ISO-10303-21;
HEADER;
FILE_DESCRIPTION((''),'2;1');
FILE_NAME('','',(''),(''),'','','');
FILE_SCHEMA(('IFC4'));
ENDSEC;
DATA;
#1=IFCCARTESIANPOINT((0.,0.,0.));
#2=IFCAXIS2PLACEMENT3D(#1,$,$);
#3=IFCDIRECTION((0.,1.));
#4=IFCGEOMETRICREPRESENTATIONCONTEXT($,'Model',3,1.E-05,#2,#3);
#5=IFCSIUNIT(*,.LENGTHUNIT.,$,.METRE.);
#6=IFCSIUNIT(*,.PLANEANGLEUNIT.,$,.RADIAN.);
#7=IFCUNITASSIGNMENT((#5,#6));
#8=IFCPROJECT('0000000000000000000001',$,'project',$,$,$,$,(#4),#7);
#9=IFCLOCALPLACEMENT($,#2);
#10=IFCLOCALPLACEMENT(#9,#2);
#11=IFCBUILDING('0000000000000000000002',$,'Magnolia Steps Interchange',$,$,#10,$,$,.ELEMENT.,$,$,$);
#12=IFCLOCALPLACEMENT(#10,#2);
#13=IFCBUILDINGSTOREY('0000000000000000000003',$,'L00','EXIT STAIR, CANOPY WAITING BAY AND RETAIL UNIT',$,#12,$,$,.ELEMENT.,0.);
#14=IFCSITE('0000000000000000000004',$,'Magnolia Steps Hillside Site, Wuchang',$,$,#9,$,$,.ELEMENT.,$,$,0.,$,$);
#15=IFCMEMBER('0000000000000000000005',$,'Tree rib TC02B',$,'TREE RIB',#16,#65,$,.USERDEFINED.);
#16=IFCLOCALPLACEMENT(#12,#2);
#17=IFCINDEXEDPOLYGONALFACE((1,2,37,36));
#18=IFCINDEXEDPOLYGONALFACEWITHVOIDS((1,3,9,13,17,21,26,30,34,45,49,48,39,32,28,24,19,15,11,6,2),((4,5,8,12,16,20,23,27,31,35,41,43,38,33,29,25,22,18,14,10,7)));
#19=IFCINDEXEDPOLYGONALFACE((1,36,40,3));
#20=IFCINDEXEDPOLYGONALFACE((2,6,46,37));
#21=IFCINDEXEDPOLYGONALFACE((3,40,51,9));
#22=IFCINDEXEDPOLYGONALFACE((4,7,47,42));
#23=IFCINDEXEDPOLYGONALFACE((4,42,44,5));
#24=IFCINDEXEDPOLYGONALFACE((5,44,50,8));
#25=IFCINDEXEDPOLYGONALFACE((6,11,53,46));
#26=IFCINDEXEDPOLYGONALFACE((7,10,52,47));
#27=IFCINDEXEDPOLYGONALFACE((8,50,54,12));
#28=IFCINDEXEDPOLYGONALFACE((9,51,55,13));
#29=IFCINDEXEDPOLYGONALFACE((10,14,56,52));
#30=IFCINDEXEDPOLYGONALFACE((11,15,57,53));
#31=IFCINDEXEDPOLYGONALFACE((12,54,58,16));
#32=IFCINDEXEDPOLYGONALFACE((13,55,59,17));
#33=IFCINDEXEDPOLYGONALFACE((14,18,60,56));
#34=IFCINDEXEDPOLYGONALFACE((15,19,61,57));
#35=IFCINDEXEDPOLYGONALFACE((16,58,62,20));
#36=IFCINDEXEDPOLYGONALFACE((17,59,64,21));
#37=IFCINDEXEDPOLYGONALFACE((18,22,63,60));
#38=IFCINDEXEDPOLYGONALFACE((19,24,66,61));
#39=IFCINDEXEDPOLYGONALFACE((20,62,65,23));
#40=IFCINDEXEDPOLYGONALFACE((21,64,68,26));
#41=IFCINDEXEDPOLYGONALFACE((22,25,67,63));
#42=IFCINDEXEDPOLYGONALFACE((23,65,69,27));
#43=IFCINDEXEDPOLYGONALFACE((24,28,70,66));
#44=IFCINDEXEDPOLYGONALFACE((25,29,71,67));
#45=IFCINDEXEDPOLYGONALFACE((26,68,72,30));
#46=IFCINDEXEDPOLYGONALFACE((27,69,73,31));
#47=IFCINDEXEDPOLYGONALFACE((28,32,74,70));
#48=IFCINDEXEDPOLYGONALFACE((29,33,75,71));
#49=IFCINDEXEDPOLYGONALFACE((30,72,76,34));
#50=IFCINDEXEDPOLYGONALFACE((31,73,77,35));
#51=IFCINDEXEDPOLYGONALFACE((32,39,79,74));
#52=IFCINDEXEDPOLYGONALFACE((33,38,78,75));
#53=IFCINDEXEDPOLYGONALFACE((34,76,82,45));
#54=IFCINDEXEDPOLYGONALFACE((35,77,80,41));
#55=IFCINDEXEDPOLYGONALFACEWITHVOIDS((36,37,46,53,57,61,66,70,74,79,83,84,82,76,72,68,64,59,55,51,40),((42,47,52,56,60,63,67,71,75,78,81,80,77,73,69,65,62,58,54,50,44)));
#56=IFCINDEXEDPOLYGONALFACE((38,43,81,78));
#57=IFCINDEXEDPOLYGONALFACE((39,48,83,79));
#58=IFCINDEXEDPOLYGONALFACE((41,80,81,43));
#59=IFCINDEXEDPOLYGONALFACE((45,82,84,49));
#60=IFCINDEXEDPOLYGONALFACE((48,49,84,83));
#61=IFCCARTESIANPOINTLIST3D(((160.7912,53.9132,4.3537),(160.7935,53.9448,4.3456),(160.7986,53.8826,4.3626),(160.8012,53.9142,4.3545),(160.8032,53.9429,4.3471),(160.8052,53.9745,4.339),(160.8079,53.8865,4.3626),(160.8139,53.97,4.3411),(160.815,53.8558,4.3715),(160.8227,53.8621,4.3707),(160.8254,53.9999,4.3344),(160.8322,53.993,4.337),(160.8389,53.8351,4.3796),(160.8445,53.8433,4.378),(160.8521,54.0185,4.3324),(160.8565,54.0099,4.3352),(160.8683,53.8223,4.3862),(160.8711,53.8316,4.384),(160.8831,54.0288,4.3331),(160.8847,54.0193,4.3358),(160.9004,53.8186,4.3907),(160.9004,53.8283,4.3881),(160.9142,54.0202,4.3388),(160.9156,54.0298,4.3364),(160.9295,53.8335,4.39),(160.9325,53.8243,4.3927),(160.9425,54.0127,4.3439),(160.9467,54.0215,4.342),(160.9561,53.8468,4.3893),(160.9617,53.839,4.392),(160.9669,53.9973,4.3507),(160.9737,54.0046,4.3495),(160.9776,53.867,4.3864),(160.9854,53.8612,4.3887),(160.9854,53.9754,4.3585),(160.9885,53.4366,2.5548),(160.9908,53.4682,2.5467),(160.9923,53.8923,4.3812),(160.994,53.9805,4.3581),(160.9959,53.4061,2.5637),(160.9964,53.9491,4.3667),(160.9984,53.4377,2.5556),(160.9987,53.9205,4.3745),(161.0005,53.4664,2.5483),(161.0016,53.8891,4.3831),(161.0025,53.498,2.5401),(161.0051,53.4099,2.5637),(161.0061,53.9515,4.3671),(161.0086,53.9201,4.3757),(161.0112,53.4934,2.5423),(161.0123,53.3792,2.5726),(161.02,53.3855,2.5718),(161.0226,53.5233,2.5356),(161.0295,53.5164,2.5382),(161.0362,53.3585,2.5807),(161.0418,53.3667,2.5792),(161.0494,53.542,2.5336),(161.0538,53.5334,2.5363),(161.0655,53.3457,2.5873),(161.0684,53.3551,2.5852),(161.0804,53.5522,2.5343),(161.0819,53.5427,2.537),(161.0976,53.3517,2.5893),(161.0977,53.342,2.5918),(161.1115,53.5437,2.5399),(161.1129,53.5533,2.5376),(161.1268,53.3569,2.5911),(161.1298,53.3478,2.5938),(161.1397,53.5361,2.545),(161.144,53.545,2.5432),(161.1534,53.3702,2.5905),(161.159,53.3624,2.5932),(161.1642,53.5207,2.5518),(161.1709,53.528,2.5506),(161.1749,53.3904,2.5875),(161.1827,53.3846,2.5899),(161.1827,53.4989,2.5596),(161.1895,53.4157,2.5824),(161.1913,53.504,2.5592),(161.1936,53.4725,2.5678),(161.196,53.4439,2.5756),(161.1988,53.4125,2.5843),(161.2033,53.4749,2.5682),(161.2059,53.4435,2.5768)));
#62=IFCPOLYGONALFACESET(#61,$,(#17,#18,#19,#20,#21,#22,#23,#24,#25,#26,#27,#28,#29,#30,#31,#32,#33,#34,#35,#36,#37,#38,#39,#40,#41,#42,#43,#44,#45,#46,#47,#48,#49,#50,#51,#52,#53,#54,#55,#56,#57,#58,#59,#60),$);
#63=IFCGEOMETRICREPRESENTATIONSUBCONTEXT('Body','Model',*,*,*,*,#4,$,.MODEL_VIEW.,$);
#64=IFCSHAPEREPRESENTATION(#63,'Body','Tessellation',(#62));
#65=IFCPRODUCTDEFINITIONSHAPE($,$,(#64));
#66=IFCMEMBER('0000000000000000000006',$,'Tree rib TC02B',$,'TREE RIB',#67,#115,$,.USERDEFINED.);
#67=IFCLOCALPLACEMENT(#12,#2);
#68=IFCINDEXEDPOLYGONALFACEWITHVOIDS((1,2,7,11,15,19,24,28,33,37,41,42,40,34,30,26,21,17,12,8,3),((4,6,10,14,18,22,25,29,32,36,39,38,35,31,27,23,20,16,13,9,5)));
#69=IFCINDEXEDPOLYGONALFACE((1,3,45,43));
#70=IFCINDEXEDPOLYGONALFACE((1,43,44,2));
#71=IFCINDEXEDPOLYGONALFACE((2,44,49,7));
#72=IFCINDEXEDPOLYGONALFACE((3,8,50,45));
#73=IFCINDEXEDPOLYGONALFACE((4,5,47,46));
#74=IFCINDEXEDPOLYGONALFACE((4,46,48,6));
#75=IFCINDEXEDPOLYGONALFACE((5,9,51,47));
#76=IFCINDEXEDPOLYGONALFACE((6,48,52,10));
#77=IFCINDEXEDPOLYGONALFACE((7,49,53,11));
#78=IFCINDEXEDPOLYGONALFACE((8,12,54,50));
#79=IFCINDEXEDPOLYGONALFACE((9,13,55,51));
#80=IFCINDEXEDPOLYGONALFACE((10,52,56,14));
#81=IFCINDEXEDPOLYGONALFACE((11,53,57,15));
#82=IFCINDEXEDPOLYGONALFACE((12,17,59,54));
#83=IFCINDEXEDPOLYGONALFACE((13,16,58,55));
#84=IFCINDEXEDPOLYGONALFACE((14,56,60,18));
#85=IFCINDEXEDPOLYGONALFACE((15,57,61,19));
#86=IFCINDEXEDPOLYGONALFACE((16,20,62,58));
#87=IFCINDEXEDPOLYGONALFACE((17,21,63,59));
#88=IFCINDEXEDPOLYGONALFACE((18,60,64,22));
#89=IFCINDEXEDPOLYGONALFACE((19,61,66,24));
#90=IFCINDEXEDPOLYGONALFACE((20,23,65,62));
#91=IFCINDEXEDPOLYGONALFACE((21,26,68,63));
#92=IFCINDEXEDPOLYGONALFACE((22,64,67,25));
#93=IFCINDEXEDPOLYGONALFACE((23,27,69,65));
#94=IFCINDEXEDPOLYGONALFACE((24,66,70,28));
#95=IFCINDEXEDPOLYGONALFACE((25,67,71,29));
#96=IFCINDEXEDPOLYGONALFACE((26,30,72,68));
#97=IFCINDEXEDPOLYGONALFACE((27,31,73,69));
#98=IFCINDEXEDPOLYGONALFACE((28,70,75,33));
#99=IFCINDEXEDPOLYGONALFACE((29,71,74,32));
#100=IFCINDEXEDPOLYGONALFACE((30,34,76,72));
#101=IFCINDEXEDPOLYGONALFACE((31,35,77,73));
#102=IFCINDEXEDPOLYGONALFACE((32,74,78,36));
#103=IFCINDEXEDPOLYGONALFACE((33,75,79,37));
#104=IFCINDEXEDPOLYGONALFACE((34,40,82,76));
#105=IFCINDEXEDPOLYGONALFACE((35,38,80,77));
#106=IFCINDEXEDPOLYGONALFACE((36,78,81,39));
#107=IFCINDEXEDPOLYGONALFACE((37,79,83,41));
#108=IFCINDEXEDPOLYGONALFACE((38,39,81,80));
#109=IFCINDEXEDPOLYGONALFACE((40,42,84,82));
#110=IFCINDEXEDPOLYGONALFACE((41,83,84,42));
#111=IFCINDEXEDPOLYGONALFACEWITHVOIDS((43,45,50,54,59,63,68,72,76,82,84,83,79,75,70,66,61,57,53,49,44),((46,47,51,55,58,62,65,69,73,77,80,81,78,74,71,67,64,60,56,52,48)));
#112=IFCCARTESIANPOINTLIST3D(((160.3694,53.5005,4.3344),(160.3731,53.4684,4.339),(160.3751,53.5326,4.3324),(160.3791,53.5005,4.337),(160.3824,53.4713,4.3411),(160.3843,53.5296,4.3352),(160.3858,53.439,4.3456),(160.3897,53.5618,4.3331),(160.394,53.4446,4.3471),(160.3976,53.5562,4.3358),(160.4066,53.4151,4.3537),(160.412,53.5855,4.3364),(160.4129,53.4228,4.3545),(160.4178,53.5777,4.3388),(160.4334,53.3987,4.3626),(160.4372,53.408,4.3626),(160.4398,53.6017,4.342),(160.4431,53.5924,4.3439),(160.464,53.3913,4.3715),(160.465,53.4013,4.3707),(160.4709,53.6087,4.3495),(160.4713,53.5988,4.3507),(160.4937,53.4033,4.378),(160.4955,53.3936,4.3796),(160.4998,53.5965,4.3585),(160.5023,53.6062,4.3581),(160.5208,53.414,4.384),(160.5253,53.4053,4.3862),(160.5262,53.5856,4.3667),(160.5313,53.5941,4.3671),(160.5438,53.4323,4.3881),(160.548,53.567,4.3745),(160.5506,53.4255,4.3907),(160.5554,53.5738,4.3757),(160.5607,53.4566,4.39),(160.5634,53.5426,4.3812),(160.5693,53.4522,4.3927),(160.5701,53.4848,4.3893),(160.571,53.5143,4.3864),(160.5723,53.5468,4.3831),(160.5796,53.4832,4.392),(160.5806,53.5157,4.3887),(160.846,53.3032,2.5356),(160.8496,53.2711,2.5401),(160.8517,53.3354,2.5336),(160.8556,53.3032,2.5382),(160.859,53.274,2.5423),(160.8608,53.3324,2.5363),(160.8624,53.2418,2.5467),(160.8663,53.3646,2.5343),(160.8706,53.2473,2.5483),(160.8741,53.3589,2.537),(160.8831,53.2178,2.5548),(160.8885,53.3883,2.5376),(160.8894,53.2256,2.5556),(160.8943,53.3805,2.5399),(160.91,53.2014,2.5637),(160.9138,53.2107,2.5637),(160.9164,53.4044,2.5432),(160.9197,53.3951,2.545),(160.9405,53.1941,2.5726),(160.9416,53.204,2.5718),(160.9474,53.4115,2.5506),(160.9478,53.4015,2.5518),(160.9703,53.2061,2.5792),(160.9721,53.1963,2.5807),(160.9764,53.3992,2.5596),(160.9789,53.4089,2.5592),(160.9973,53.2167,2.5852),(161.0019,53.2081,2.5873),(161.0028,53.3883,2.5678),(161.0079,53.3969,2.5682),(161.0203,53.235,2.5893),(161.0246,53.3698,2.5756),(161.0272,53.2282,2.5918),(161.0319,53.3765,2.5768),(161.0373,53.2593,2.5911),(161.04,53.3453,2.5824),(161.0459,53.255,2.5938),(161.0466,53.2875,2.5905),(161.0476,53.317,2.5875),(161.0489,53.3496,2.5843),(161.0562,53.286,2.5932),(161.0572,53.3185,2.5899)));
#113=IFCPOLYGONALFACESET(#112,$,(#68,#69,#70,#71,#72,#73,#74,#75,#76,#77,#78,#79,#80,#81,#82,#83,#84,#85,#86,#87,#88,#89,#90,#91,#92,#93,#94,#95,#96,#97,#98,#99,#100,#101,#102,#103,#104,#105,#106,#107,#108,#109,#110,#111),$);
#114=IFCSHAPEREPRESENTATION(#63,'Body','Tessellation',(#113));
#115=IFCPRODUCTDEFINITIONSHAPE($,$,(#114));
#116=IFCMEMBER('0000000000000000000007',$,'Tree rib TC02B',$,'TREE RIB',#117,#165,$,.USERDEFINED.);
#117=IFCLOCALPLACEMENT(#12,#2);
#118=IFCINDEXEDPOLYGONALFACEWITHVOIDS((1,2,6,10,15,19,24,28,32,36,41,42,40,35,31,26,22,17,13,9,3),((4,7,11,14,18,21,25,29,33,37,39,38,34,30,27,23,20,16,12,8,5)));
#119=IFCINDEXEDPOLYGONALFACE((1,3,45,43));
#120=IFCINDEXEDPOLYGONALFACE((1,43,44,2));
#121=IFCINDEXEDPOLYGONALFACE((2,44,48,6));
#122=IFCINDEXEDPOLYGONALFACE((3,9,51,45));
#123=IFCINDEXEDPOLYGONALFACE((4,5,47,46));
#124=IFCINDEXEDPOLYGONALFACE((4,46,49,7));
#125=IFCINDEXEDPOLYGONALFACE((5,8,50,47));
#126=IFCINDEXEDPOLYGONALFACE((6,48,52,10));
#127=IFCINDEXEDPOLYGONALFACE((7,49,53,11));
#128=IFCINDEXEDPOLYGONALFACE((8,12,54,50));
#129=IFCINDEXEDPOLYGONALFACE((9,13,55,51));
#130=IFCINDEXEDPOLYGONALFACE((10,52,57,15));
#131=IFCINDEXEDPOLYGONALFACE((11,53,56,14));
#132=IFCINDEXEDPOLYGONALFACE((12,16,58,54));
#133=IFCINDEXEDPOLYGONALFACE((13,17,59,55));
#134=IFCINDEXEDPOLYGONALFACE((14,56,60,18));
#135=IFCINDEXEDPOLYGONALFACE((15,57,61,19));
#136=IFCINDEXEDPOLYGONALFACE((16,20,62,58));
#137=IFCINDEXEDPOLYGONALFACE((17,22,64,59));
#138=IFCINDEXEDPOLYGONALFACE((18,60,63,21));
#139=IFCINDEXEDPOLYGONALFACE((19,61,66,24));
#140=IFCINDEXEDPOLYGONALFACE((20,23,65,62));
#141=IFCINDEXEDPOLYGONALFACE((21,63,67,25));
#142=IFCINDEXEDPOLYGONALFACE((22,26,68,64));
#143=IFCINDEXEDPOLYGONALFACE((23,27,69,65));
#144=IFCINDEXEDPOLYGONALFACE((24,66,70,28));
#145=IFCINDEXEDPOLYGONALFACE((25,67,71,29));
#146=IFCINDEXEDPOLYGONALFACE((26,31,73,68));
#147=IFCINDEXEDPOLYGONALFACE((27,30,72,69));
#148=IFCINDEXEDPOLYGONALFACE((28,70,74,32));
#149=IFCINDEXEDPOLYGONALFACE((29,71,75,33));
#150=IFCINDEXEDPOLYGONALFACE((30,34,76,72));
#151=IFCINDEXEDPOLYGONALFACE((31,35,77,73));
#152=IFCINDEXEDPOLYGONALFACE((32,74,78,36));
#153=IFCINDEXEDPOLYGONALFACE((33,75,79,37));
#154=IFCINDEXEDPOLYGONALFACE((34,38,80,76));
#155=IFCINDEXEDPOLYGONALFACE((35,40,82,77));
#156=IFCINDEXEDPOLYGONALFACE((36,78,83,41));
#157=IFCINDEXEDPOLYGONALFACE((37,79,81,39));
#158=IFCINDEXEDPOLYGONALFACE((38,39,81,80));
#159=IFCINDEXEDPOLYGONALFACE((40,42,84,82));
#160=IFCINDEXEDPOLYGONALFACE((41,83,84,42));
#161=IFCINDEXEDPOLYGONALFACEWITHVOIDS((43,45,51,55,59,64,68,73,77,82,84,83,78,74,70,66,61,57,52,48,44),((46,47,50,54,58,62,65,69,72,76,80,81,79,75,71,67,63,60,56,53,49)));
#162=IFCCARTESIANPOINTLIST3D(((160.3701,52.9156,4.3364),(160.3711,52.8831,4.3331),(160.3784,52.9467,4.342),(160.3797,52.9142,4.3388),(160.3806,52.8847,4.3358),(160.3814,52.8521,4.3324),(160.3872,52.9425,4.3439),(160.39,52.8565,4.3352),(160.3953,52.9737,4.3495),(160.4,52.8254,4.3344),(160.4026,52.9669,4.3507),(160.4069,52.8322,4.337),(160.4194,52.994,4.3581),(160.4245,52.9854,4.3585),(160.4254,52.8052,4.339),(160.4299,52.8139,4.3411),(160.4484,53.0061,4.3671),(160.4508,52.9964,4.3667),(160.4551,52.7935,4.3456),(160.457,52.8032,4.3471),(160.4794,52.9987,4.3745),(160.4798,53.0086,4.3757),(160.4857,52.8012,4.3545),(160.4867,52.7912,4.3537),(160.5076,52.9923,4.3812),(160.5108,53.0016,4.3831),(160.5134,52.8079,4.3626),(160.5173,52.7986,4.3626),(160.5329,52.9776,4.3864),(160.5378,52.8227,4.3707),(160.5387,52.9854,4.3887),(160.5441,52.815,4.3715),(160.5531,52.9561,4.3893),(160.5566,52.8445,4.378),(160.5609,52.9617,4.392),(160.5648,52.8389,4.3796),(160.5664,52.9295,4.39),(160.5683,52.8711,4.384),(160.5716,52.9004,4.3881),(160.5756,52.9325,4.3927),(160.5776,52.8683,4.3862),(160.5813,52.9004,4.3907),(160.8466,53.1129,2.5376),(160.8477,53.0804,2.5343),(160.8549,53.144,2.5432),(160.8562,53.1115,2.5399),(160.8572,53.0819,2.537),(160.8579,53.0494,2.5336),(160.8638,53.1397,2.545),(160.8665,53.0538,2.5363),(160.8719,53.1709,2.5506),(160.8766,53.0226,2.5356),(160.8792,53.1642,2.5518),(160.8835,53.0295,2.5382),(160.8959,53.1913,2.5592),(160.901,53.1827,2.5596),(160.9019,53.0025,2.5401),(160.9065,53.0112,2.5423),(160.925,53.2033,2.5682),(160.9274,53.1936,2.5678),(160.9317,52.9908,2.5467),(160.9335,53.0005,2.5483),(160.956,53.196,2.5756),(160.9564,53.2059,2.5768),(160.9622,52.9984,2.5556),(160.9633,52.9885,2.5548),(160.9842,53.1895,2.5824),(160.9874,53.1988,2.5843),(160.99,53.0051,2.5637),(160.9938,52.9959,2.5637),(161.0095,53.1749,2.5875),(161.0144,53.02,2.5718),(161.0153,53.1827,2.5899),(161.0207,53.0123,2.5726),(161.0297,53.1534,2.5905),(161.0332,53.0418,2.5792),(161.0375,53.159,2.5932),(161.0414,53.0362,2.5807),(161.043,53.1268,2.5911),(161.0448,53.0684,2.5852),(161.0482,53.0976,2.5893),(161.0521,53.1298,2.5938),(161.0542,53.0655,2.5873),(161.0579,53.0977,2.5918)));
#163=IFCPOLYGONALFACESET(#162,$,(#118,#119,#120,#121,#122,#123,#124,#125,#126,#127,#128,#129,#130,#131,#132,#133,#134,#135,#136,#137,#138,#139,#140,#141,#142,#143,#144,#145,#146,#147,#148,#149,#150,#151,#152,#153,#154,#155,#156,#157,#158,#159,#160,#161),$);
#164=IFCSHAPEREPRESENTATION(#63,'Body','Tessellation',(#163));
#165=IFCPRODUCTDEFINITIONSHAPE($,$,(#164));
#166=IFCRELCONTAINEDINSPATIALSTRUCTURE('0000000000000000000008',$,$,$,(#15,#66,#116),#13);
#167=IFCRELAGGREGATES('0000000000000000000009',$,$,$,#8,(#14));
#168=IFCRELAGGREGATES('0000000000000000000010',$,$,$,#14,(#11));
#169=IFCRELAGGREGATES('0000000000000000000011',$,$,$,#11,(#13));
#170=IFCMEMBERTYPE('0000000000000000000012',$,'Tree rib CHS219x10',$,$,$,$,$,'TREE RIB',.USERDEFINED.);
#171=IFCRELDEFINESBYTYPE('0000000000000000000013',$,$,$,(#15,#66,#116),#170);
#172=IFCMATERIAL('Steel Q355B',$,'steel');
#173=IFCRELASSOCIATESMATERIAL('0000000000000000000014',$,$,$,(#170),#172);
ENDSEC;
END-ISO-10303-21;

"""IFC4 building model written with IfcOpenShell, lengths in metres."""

from ifc_helpers import new_model, si_unit, direction, frame, origin, origin_2d, place, context, subcontext, project, spatial, hollow_circle, extrude, material, material_profile, profile_set, type_object, element, save


model = new_model("IFC4")

# Units and contexts
model_context = context("Model", 3, precision=1e-05, world=origin(), true_north=direction((0.0, 1.0)))
body_context = subcontext(model_context, "Body", "Model", "MODEL_VIEW")
ifc_project = project(units=[si_unit("LENGTHUNIT", "METRE"), si_unit("PLANEANGLEUNIT", "RADIAN")], contexts=[model_context])

# Site, building, storey
site_placement = place(None, origin())
site = spatial("IfcSite", under=ifc_project, at=site_placement, Name="Magnolia Steps Hillside Site, Wuchang", CompositionType="ELEMENT", RefElevation=0.0)
building_placement = place(site_placement, origin())
building = spatial("IfcBuilding", under=site, at=building_placement, Name="Magnolia Steps Interchange", CompositionType="ELEMENT")
storey_placement = place(building_placement, origin())
storey = spatial("IfcBuildingStorey", under=building, at=storey_placement, Name="L00", Description="EXIT STAIR, CANOPY WAITING BAY AND RETAIL UNIT", CompositionType="ELEMENT", Elevation=0.0)

# Members
ifc_material_1 = material(Name="Steel Q355B", Category="steel")
ifc_material_profile_1 = material_profile(ifc_material_1, hollow_circle(Radius=0.1096, WallThickness=0.01, at=origin_2d()), Name="CHS219x10")
ifc_profile_set_1 = profile_set([ifc_material_profile_1], Name="Steel Q355B")
member_type = type_object("IfcMemberType", Name="Tree rib CHS219x10", ElementType="TREE RIB", PredefinedType="USERDEFINED", material=ifc_profile_set_1)
for number, where, z_axis, x_axis, name in (
    (1, (161.0972, 53.448, 2.5637), (-0.105416, 0.254668, 0.961266), (-0.923971, -0.382463, 0.0), "Tree rib TC02B"),
    (2, (160.9519, 53.3027, 2.5637), (-0.254668, 0.105416, 0.961266), (-0.382463, -0.923971, 0.0), "Tree rib TC02B"),
    (3, (160.9519, 53.0972, 2.5637), (-0.254668, -0.105416, 0.961266), (0.382463, -0.923971, 0.0), "Tree rib TC02B"),
):
    element("IfcMember", number, at=place(storey_placement, frame(where, z_axis=z_axis, x_axis=x_axis)), inside=storey, type_object=member_type, Name=name, ObjectType="TREE RIB", PredefinedType="USERDEFINED", context=body_context, shape_type="SweptSolid", body=[
        extrude(hollow_circle(Radius=0.1096, WallThickness=0.01, at=origin_2d()), origin(), (0.0, 0.0, 1.0), 1.8713),
    ])

save(model, "model.ifc")
